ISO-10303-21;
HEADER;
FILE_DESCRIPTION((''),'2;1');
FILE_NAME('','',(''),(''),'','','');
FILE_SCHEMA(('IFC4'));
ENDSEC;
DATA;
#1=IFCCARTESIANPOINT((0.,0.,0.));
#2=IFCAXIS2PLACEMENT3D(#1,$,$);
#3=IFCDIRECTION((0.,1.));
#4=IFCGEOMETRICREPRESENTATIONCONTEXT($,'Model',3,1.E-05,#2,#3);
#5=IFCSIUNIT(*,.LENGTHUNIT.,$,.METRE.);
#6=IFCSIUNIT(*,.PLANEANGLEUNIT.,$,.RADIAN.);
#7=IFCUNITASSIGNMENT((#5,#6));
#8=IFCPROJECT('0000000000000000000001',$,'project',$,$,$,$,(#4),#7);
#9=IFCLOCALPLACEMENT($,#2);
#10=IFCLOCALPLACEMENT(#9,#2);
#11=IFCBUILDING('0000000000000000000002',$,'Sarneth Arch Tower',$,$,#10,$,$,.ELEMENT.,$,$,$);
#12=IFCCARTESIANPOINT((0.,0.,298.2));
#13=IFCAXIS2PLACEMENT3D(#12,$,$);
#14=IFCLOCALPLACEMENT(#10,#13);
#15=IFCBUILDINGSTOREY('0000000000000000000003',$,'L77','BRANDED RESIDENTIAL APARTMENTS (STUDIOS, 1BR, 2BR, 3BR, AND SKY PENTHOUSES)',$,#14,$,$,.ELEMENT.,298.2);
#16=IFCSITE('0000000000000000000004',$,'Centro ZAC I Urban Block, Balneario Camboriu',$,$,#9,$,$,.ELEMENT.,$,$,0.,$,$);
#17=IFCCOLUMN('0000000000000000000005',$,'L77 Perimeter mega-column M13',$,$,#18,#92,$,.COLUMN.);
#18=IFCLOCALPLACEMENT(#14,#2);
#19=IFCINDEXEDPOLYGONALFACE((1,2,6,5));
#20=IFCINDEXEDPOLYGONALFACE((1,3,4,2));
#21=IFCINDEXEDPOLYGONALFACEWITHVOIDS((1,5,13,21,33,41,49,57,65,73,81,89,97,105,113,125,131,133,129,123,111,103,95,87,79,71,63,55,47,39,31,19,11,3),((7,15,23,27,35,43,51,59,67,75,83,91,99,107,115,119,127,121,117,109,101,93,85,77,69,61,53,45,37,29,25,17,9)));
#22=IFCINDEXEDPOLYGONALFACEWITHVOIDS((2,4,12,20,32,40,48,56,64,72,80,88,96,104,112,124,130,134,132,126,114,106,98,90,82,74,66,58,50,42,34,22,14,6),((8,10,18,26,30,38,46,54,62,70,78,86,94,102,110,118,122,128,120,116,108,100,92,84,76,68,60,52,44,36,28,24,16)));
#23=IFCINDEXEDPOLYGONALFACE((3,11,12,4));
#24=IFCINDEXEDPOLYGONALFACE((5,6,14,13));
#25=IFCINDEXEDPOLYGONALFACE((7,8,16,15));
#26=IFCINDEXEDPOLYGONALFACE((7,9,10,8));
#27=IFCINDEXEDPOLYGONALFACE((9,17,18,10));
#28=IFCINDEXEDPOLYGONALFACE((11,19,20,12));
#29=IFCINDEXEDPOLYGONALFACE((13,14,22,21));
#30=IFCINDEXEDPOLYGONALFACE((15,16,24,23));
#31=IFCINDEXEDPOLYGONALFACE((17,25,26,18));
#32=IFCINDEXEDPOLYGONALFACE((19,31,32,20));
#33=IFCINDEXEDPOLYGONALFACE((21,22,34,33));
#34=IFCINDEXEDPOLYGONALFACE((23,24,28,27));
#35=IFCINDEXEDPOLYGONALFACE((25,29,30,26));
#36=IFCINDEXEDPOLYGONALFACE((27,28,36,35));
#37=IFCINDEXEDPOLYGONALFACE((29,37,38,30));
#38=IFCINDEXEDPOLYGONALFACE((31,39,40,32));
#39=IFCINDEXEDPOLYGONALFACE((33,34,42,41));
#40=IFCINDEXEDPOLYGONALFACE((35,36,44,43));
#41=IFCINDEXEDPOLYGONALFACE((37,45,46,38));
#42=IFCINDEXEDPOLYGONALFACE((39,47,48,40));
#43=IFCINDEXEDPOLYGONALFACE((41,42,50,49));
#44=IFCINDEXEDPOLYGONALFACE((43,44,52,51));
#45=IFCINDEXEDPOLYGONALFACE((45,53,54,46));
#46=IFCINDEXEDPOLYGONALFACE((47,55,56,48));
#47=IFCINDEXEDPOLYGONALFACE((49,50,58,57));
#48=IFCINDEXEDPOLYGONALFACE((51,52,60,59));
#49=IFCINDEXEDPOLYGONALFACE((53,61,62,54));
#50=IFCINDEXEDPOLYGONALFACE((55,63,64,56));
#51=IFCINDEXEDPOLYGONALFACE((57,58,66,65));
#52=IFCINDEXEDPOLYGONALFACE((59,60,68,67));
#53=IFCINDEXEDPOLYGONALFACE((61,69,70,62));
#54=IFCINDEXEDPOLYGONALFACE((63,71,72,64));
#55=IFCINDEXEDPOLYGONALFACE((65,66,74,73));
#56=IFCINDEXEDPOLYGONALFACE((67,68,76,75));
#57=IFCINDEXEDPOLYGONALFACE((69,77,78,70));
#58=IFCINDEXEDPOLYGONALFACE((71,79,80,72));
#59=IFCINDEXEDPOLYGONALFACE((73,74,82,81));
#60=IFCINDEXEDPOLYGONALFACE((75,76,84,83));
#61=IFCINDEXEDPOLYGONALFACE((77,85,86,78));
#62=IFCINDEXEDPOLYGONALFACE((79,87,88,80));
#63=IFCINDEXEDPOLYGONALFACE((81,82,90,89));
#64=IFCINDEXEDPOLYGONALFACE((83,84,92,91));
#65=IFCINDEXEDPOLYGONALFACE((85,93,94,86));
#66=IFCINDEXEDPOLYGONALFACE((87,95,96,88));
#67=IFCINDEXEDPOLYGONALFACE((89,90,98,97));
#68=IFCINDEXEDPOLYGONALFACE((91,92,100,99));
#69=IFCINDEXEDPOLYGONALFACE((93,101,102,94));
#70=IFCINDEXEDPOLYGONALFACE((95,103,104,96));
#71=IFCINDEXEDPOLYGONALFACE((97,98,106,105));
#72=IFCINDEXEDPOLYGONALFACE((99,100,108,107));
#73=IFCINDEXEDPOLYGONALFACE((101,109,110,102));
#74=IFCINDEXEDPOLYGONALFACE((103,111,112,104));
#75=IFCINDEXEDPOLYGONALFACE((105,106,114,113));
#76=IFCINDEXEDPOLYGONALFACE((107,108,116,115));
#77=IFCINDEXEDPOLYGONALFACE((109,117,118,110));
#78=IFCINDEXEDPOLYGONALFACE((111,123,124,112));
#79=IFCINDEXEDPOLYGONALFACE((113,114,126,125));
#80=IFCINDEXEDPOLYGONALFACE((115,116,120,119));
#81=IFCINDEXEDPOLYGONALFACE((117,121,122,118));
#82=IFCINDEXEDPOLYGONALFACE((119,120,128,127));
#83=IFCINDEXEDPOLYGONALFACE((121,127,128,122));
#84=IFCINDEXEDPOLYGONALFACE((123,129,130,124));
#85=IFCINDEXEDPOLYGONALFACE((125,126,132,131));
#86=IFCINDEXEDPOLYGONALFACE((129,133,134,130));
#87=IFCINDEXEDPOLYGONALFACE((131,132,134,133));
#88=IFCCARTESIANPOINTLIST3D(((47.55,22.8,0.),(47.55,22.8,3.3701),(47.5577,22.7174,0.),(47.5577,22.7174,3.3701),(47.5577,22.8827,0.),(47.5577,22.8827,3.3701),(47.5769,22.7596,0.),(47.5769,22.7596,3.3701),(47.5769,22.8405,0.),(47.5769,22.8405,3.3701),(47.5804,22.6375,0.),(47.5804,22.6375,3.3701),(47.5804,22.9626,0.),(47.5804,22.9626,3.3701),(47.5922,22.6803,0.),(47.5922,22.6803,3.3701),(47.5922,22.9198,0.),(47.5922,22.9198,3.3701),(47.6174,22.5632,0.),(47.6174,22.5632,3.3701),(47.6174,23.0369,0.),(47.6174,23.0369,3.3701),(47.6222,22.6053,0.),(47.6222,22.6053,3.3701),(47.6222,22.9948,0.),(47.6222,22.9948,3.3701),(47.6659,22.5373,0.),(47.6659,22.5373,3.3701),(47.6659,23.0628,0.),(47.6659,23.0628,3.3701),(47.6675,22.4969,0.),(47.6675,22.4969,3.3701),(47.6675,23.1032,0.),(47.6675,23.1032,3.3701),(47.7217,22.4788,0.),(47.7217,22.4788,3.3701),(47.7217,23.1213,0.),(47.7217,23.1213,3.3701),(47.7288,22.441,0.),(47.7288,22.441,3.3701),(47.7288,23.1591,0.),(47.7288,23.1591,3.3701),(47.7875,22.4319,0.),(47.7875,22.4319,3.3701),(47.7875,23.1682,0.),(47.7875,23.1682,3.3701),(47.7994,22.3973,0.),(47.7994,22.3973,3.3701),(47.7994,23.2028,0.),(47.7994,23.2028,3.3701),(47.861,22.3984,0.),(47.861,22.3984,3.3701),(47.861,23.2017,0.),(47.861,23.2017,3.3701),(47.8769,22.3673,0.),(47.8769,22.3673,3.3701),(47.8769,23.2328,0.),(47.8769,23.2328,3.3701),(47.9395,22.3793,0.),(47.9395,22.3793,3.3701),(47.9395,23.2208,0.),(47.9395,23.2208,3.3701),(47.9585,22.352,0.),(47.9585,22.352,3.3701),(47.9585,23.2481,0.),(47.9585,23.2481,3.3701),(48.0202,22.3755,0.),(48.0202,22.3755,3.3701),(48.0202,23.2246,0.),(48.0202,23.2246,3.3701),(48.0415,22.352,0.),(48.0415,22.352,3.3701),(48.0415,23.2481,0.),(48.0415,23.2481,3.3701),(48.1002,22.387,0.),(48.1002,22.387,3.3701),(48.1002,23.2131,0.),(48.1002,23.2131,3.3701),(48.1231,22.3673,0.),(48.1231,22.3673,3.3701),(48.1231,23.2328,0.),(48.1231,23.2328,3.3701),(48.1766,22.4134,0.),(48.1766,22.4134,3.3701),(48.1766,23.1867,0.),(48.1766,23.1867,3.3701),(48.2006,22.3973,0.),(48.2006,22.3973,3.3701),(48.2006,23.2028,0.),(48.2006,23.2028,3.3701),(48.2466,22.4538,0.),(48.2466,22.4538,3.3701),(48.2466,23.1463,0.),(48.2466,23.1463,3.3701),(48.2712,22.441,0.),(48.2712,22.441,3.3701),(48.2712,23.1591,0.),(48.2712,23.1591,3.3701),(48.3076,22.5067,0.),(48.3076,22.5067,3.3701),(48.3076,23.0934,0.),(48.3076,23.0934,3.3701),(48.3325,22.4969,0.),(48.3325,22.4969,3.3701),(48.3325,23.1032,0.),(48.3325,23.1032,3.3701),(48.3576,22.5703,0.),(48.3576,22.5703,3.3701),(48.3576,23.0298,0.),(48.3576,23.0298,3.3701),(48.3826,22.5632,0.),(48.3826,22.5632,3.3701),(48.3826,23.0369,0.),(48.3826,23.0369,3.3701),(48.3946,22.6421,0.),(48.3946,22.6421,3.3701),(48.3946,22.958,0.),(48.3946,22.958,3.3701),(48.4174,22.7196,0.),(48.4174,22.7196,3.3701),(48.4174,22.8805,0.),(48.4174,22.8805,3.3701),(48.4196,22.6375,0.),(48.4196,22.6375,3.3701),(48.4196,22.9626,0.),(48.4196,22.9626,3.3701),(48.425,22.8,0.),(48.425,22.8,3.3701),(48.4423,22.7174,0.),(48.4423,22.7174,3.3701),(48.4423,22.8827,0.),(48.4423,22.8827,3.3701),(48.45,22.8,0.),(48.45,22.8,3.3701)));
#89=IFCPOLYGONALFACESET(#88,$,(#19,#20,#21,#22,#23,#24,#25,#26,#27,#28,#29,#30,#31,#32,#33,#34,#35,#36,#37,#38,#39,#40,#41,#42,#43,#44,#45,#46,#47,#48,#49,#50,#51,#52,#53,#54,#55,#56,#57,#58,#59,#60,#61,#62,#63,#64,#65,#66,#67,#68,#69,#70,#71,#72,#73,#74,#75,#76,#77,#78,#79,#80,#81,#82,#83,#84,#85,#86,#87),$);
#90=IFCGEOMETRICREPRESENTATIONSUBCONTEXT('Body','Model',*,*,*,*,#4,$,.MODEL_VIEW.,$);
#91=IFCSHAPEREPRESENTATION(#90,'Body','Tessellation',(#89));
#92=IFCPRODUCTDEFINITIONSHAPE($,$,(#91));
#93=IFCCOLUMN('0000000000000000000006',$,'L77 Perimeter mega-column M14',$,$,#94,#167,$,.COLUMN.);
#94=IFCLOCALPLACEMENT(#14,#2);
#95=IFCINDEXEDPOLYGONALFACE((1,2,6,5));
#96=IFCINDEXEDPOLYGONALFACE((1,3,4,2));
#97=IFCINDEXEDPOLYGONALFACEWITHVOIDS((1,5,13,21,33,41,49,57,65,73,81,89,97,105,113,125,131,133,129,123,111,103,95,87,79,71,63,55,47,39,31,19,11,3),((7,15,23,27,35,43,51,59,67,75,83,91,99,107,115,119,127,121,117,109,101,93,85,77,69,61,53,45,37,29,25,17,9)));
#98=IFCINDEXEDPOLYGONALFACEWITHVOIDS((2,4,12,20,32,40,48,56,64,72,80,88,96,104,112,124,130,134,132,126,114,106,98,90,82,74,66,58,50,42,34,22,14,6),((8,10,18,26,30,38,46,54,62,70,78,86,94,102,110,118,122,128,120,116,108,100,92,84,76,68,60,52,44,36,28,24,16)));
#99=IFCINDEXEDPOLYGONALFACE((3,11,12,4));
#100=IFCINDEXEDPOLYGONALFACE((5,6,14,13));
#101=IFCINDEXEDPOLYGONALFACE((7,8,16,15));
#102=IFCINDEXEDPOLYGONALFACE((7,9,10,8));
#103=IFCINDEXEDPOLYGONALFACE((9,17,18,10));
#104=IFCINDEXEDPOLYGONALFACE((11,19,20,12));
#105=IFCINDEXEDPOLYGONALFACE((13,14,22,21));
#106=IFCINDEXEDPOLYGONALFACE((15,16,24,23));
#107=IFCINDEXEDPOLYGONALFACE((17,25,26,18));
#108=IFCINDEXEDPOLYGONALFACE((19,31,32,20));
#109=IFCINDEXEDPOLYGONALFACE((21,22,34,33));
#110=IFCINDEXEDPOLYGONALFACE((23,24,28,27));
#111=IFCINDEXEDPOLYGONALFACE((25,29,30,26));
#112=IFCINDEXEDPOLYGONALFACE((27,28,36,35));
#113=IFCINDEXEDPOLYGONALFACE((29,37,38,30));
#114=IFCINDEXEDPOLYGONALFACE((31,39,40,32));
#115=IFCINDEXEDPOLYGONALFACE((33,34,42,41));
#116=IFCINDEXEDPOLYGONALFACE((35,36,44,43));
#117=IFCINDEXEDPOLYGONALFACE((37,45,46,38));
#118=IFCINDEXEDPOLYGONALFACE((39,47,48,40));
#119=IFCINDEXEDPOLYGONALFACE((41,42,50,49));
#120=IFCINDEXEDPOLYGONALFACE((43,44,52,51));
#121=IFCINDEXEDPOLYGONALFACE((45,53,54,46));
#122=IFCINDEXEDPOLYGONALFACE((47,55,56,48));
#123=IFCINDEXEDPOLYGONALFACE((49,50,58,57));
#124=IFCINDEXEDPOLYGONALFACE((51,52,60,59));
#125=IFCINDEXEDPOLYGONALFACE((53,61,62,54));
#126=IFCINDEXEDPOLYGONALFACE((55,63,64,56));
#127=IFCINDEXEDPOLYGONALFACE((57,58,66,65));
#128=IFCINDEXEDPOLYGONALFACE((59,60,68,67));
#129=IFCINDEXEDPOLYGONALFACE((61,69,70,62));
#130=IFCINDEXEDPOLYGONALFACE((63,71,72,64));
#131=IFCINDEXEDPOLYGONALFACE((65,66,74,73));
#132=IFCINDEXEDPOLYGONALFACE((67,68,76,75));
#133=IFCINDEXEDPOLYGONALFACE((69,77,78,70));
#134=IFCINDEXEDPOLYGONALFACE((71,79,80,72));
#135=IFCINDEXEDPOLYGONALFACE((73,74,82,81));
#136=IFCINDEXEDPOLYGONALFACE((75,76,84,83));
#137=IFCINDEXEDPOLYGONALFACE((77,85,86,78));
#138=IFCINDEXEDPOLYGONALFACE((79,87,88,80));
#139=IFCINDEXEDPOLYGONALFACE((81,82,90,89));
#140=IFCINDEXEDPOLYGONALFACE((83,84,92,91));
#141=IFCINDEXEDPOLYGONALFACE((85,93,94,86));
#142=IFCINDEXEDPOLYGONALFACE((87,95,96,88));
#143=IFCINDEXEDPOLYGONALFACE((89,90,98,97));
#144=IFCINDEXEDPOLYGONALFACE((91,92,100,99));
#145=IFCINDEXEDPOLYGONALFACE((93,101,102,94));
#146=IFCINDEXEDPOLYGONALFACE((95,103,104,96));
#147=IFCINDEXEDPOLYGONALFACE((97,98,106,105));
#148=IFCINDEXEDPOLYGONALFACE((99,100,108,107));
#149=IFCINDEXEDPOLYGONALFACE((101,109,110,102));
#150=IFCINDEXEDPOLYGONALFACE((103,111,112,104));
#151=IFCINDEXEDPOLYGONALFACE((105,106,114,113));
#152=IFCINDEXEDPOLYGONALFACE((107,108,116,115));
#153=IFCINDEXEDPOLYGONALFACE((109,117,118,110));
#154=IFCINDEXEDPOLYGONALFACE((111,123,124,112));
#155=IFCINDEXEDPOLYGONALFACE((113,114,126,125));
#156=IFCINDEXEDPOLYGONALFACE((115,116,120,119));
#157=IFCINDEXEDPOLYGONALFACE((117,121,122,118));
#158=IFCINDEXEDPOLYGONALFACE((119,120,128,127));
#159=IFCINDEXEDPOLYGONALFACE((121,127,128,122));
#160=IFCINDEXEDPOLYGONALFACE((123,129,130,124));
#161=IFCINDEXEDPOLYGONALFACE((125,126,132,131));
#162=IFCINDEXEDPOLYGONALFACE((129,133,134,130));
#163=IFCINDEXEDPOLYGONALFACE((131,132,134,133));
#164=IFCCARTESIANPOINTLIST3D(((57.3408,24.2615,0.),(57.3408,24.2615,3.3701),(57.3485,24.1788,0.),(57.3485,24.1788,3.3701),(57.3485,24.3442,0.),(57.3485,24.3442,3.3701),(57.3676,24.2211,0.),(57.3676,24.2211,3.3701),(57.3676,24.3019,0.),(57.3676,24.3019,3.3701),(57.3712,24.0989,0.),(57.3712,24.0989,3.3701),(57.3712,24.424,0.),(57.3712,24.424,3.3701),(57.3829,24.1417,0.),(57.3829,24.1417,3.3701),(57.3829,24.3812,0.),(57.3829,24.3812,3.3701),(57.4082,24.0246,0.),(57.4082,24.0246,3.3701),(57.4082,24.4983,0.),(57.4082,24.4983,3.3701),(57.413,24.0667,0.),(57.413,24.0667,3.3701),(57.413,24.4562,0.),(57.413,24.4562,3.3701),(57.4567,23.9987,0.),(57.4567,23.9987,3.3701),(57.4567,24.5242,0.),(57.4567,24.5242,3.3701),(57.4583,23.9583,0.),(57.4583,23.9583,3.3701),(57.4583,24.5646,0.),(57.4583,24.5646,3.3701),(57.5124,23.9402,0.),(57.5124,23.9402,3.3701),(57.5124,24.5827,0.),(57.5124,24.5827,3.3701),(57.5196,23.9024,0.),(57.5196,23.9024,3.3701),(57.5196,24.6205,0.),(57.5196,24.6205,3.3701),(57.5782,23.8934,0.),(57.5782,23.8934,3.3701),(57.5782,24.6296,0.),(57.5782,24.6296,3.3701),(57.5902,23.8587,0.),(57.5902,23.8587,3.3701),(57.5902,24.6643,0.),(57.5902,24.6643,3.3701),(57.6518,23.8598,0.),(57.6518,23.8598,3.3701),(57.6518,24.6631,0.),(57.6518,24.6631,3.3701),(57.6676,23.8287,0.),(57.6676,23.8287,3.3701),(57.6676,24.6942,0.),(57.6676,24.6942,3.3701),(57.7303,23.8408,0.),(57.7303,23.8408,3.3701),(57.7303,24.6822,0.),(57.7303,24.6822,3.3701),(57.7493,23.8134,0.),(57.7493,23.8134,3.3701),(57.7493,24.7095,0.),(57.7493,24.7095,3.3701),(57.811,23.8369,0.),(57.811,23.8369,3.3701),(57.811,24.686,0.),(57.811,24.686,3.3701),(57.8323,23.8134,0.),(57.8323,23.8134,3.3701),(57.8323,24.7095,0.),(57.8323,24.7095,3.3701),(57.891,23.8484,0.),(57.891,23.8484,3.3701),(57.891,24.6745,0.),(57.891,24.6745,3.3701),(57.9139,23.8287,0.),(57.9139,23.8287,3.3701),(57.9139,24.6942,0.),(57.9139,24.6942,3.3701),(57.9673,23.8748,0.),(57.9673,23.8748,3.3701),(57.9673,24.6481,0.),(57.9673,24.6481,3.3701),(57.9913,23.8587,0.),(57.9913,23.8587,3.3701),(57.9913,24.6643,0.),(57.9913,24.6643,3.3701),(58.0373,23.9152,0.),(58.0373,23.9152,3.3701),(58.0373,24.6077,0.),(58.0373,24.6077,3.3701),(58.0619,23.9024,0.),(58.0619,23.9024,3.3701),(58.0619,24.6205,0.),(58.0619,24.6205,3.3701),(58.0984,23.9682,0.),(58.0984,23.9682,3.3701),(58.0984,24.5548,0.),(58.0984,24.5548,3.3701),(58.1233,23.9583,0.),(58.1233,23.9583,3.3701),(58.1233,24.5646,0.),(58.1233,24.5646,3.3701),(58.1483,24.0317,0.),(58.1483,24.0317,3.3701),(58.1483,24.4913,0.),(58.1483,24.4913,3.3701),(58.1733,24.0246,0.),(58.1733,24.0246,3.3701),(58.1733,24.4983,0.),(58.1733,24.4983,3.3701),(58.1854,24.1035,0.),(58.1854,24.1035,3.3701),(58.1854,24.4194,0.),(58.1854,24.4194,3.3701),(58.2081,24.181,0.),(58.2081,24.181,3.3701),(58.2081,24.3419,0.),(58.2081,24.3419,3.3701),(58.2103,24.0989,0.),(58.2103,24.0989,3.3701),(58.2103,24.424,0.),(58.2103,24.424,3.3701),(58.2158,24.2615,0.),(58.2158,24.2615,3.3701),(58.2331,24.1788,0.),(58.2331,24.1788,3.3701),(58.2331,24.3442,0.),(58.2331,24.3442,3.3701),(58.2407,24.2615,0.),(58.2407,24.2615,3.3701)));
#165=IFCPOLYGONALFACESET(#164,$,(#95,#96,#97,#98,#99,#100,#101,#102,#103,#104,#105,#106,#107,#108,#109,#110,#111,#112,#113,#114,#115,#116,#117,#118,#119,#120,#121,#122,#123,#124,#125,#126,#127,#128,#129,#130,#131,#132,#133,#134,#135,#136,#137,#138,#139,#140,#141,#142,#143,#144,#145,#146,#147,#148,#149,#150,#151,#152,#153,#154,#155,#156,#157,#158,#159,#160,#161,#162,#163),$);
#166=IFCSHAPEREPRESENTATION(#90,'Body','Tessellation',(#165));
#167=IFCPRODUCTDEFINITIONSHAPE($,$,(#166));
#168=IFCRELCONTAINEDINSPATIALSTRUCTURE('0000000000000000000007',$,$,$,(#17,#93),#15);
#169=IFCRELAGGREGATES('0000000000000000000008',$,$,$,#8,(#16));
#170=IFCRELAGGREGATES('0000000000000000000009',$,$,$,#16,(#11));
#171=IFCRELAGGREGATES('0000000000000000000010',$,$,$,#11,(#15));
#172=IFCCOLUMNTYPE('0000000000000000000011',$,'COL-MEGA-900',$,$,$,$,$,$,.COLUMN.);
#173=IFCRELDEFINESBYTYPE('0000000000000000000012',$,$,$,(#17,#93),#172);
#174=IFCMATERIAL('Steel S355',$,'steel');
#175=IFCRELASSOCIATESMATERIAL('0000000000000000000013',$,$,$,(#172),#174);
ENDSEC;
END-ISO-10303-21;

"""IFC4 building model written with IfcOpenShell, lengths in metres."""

from ifc_helpers import new_model, si_unit, direction, frame, origin, origin_2d, place, context, subcontext, project, spatial, hollow_circle, extrude, material, material_profile, profile_set, type_object, element, save


model = new_model("IFC4")

# Units and contexts
model_context = context("Model", 3, precision=1e-05, world=origin(), true_north=direction((0.0, 1.0)))
body_context = subcontext(model_context, "Body", "Model", "MODEL_VIEW")
ifc_project = project(units=[si_unit("LENGTHUNIT", "METRE"), si_unit("PLANEANGLEUNIT", "RADIAN")], contexts=[model_context])

# Site, building, storey
site_placement = place(None, origin())
site = spatial("IfcSite", under=ifc_project, at=site_placement, Name="Centro ZAC I Urban Block, Balneario Camboriu", CompositionType="ELEMENT", RefElevation=0.0)
building_placement = place(site_placement, origin())
building = spatial("IfcBuilding", under=site, at=building_placement, Name="Sarneth Arch Tower", CompositionType="ELEMENT")
storey_placement = place(building_placement, frame((0.0, 0.0, 298.2)))
storey = spatial("IfcBuildingStorey", under=building, at=storey_placement, Name="L77", Description="BRANDED RESIDENTIAL APARTMENTS (STUDIOS, 1BR, 2BR, 3BR, AND SKY PENTHOUSES)", CompositionType="ELEMENT", Elevation=298.2)

# Columns
ifc_material_1 = material(Name="Steel S355", Category="steel")
ifc_material_profile_1 = material_profile(ifc_material_1, hollow_circle(Radius=0.45, WallThickness=0.0249, at=origin_2d()), Name="CHS900x25")
ifc_profile_set_1 = profile_set([ifc_material_profile_1], Name="Steel S355")
column_type = type_object("IfcColumnType", Name="COL-MEGA-900", PredefinedType="COLUMN", material=ifc_profile_set_1)
for number, where, z_axis, x_axis, name in (
    (1, (48.0, 22.8, 0.0), (0.0, 0.0, 1.0), (1.0, 0.0, 0.0), "L77 Perimeter mega-column M13"),
    (2, (57.7908, 24.2615, 0.0), (0.0, 0.0, 1.0), (1.0, 0.0, 0.0), "L77 Perimeter mega-column M14"),
):
    element("IfcColumn", number, at=place(storey_placement, frame(where, z_axis=z_axis, x_axis=x_axis)), inside=storey, type_object=column_type, Name=name, PredefinedType="COLUMN", context=body_context, shape_type="SweptSolid", body=[
        extrude(hollow_circle(Radius=0.45, WallThickness=0.0249, at=origin_2d()), origin(), (0.0, 0.0, 1.0), 3.3701),
    ])

save(model, "model.ifc")
